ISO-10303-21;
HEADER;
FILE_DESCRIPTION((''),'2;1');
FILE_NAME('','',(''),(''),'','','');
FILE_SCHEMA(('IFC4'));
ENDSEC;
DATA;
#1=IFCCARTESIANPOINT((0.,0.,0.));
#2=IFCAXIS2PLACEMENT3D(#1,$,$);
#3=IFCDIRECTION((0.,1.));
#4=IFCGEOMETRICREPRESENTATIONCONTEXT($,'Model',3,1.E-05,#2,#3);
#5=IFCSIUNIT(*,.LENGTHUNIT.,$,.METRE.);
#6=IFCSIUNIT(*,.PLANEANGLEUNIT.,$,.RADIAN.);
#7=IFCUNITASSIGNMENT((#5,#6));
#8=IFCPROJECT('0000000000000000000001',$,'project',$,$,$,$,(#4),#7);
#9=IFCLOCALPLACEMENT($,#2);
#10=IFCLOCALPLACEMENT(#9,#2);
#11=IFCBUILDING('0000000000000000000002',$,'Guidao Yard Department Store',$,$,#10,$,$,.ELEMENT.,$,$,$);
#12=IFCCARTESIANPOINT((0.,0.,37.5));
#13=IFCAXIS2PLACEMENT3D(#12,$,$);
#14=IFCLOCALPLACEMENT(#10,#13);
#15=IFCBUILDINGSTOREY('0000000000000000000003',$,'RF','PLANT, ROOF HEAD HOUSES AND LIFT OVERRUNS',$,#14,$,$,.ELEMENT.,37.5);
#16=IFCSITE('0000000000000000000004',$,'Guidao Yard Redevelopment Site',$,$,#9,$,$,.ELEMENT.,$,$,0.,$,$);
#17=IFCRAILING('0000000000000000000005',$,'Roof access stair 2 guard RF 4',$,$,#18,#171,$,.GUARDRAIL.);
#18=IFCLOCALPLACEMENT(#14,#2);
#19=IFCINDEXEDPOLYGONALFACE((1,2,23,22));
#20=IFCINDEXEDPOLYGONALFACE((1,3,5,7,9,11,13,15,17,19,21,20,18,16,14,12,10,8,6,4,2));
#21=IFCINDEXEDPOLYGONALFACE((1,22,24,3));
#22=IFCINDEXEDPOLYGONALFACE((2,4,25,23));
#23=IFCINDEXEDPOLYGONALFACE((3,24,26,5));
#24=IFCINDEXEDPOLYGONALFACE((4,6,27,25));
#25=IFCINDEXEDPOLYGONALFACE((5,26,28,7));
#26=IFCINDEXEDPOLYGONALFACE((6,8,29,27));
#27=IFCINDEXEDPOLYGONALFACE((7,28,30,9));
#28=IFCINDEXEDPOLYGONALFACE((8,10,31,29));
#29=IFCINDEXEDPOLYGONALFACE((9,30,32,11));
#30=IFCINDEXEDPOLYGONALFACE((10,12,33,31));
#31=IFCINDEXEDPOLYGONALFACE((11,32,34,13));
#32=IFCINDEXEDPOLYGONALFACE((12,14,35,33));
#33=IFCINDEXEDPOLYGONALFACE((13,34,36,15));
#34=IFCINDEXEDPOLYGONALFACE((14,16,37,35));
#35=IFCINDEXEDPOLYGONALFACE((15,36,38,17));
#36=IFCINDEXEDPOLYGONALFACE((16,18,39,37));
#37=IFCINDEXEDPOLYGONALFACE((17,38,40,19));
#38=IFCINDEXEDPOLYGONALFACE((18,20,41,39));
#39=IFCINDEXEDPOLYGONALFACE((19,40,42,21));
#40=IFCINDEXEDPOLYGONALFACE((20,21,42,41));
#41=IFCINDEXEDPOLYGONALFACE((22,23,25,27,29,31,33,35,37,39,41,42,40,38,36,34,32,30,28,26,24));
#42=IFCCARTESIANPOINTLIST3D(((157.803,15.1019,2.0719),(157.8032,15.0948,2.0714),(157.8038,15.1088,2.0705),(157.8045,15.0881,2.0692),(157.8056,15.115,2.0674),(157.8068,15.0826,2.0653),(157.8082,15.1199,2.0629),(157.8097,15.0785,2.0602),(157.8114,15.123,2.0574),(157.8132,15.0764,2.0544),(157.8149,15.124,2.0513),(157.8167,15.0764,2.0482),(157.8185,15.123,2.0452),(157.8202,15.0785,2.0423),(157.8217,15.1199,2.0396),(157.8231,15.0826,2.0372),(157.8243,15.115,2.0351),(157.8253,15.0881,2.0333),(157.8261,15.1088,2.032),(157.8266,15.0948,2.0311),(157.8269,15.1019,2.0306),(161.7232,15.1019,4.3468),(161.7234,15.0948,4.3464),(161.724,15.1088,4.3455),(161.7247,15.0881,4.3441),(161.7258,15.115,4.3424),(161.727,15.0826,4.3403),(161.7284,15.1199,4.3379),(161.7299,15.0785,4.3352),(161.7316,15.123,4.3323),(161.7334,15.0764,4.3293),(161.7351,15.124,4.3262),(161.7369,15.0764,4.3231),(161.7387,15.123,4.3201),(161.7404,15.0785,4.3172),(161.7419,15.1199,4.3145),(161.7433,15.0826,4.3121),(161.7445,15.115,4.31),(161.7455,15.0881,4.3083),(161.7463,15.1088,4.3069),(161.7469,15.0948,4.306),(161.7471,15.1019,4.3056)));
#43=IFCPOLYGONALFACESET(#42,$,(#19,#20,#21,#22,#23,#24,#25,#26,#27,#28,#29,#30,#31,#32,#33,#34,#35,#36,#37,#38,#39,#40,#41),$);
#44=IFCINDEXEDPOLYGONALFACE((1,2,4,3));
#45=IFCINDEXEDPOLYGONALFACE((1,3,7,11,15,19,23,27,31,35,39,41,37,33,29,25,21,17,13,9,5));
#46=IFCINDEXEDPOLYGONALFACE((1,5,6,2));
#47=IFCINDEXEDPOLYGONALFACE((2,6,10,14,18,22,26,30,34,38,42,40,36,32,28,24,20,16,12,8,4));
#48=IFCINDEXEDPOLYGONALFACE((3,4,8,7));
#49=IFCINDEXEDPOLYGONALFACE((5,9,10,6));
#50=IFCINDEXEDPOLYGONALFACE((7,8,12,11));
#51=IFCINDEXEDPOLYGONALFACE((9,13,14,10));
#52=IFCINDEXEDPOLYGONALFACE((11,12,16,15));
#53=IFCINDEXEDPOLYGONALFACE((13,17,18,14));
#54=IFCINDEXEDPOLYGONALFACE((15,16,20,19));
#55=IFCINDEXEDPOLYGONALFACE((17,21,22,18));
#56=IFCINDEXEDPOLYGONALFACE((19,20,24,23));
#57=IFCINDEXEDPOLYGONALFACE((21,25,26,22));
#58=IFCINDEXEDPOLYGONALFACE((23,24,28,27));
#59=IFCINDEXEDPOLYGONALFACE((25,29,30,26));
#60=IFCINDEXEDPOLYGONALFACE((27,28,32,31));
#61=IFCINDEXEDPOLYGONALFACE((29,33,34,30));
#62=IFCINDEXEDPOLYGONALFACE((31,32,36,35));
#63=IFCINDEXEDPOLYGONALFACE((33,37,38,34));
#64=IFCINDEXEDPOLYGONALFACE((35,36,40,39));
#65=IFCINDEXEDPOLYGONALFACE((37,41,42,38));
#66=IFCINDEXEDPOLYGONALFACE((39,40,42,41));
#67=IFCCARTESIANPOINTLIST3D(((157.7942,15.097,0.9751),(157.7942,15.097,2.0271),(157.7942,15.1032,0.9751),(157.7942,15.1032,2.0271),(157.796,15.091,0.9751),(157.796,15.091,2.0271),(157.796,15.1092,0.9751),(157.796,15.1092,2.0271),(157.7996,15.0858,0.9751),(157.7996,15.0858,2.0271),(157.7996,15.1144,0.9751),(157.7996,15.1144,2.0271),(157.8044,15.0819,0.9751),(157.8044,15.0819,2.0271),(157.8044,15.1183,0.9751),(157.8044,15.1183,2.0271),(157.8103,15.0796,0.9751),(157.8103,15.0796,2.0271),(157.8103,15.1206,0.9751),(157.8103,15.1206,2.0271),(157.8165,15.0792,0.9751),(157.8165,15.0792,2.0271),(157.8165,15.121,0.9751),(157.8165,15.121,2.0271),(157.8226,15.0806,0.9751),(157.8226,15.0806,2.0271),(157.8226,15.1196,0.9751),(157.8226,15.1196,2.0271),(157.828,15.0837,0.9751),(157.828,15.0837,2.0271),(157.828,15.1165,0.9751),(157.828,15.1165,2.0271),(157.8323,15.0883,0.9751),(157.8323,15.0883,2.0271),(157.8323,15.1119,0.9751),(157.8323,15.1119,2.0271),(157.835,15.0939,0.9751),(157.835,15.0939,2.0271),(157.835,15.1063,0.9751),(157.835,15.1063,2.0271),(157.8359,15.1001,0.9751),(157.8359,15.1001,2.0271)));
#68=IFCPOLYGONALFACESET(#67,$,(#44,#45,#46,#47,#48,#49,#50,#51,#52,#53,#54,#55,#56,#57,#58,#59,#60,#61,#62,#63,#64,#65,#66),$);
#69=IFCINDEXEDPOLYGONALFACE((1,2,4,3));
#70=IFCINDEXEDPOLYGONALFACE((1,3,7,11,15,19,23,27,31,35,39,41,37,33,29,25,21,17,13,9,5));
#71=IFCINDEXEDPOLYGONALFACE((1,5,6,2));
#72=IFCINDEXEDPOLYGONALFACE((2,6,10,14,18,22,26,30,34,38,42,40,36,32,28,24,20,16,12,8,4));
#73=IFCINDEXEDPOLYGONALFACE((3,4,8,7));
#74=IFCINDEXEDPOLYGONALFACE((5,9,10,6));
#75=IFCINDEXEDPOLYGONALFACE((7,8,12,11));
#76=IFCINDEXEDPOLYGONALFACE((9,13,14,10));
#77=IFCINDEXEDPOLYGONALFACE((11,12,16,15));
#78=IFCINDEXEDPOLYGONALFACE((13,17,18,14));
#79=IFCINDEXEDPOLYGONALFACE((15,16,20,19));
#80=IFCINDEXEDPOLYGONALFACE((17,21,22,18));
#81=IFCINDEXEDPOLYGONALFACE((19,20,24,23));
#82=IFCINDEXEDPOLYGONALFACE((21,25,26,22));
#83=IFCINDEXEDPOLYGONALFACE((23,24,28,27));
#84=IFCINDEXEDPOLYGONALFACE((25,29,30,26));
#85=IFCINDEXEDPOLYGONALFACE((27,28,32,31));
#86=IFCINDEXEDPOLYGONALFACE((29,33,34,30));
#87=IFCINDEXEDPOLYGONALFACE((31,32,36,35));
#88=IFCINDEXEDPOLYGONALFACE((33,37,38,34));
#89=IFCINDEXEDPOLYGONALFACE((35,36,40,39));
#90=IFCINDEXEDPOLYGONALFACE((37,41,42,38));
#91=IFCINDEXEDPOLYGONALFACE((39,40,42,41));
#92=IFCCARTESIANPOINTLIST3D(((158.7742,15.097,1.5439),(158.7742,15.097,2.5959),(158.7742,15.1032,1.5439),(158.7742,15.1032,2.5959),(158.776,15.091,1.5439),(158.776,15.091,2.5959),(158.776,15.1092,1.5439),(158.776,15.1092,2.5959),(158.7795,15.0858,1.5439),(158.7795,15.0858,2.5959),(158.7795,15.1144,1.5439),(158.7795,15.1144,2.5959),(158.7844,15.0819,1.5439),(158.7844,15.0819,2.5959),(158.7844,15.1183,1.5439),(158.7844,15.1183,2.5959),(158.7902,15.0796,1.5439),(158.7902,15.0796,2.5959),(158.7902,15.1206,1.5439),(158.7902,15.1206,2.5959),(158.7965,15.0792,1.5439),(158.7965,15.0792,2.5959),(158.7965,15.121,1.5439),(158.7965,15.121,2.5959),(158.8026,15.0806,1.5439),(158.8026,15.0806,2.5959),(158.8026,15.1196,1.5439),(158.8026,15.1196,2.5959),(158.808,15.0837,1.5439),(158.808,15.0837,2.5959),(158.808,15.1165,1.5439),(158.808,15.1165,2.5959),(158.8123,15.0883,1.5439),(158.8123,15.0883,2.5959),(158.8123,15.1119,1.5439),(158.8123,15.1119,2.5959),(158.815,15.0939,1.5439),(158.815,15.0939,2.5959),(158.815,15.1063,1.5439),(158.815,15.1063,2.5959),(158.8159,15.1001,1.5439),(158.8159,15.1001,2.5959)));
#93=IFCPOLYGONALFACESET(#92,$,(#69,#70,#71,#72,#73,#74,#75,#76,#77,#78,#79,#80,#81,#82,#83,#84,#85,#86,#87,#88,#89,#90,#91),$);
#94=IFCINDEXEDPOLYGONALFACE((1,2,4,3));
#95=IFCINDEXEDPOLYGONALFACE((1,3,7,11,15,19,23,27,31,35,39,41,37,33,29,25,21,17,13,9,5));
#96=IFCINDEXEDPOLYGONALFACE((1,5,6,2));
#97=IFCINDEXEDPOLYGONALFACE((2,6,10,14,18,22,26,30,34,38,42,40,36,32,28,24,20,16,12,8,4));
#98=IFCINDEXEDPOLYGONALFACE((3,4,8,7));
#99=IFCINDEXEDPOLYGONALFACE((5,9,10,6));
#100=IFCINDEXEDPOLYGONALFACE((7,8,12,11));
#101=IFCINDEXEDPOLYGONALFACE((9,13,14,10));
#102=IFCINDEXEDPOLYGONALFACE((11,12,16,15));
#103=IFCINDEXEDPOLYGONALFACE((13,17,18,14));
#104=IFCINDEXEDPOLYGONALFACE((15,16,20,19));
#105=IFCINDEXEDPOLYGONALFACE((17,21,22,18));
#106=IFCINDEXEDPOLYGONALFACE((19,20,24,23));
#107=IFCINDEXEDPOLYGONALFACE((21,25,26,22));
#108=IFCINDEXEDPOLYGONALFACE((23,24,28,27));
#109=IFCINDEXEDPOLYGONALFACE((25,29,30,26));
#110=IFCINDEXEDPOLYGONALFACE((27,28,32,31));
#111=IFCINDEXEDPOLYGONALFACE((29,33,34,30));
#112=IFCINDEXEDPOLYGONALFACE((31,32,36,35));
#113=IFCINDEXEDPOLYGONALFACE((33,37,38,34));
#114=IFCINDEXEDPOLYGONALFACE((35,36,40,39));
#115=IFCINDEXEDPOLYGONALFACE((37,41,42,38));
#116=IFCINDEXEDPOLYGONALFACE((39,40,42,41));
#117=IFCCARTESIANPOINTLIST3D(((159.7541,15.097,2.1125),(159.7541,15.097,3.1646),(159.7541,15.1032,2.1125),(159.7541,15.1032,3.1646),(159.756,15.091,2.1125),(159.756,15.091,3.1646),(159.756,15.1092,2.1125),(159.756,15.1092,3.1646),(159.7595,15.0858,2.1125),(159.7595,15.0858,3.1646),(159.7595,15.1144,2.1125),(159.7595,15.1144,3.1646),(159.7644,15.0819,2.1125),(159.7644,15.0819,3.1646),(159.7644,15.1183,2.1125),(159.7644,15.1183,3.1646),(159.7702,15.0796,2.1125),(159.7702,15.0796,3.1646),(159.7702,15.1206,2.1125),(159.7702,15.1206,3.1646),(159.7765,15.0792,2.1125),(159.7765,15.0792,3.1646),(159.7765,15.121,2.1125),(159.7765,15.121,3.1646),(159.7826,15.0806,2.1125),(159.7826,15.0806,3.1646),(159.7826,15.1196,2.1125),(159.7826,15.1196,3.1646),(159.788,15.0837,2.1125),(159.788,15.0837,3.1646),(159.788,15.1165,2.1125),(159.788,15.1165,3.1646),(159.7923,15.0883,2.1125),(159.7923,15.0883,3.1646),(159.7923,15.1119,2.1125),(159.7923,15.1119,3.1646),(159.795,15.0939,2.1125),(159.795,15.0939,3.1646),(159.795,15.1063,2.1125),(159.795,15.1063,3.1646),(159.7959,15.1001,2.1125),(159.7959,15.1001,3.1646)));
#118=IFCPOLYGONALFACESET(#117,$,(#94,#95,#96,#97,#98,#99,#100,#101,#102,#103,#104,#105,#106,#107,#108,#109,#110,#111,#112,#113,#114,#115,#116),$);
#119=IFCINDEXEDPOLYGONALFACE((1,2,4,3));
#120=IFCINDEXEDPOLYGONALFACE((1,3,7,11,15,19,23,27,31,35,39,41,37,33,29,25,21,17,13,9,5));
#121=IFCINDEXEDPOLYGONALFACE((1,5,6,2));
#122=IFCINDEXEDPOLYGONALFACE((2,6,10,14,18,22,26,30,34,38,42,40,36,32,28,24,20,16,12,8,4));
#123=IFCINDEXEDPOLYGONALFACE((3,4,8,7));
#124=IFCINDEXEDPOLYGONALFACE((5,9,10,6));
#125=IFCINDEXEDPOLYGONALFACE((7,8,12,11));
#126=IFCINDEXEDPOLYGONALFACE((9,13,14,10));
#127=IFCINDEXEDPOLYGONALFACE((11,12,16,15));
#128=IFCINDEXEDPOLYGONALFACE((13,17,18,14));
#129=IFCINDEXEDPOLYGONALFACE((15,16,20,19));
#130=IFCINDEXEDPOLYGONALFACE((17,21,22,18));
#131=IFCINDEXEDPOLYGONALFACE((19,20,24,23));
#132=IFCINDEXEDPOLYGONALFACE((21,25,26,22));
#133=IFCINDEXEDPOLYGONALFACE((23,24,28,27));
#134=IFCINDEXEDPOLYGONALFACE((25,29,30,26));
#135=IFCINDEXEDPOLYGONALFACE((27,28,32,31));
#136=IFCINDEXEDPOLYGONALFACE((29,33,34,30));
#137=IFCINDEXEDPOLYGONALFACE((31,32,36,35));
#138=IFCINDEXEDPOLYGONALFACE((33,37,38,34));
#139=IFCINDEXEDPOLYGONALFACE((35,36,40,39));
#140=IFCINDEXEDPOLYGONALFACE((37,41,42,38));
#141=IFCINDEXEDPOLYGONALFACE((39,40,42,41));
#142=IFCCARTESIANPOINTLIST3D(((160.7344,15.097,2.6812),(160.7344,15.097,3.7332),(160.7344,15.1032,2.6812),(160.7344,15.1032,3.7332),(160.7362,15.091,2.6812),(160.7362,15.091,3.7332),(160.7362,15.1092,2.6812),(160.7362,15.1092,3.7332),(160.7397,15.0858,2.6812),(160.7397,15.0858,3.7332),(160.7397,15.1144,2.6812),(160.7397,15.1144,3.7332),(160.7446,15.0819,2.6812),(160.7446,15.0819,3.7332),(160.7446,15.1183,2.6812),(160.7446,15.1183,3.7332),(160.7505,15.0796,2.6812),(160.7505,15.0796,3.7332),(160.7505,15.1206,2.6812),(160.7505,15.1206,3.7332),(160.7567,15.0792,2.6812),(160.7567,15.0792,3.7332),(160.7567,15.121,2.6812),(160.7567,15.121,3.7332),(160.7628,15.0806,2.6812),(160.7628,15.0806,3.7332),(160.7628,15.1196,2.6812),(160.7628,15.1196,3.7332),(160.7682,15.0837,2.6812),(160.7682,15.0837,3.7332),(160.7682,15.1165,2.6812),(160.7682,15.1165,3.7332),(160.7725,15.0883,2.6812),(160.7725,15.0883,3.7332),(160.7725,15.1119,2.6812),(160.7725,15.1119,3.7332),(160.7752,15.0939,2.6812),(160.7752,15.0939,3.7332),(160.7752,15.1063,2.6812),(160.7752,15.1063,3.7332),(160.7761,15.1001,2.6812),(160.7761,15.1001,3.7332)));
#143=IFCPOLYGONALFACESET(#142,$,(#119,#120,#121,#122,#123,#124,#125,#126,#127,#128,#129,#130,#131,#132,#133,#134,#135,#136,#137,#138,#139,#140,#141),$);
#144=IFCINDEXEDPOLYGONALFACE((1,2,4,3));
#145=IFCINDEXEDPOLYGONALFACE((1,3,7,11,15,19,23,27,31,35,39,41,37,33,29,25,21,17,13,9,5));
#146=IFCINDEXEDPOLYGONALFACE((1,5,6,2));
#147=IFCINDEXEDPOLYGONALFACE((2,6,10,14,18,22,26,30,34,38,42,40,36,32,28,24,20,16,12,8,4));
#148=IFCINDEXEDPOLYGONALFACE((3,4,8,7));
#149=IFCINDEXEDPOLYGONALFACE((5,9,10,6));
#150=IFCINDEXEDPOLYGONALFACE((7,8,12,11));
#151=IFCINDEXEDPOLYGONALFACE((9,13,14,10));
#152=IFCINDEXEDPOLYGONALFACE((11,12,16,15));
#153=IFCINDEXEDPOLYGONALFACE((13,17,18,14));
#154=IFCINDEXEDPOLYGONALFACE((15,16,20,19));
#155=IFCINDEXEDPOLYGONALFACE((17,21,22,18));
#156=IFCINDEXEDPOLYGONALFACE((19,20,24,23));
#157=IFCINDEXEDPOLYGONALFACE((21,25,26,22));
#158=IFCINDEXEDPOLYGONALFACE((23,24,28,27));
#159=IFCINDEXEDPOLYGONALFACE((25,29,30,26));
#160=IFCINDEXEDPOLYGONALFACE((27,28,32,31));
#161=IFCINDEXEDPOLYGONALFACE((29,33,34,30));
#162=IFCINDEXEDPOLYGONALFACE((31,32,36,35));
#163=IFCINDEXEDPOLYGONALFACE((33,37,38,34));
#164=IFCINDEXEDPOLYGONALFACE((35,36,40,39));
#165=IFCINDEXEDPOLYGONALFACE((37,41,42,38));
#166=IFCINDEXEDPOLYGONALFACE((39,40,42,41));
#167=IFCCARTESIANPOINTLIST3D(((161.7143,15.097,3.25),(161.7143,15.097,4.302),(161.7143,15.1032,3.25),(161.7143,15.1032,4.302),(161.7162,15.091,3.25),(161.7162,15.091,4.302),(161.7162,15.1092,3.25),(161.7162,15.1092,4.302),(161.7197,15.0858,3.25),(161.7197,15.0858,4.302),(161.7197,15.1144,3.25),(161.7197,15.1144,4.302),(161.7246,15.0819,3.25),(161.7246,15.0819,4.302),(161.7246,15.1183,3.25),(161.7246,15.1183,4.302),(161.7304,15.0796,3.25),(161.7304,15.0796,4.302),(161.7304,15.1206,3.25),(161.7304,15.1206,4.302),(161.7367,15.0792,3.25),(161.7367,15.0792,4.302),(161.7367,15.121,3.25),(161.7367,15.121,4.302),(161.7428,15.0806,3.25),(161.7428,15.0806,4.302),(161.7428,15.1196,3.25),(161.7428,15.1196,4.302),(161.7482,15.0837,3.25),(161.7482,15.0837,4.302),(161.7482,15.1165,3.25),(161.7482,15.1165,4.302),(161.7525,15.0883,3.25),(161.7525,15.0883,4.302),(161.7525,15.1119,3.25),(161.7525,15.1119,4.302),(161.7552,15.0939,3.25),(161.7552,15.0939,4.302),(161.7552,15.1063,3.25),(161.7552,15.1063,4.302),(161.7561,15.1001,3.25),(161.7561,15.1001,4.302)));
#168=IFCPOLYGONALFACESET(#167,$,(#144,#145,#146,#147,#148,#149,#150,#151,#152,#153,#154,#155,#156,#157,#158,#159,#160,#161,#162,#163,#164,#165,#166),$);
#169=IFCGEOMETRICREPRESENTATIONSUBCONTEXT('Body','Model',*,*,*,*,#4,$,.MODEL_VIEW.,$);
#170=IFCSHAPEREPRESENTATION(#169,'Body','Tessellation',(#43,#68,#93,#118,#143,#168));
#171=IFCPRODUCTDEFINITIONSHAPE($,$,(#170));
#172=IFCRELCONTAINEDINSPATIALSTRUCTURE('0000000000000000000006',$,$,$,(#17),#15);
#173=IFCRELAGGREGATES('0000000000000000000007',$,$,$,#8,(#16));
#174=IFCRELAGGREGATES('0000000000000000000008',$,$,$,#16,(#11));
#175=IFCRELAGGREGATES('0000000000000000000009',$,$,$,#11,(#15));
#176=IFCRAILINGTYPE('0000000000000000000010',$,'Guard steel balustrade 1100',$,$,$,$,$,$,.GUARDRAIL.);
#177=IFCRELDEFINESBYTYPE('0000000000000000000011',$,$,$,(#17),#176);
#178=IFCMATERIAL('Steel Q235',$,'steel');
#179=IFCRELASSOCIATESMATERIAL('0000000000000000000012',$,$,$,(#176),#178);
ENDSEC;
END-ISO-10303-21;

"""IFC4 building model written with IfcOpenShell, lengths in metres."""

from ifc_helpers import new_model, si_unit, direction, frame, origin, origin_2d, place, context, subcontext, project, spatial, circle, extrude, material, type_object, element, save


model = new_model("IFC4")

# Units and contexts
model_context = context("Model", 3, precision=1e-05, world=origin(), true_north=direction((0.0, 1.0)))
body_context = subcontext(model_context, "Body", "Model", "MODEL_VIEW")
ifc_project = project(units=[si_unit("LENGTHUNIT", "METRE"), si_unit("PLANEANGLEUNIT", "RADIAN")], contexts=[model_context])

# Site, building, storey
site_placement = place(None, origin())
site = spatial("IfcSite", under=ifc_project, at=site_placement, Name="Guidao Yard Redevelopment Site", CompositionType="ELEMENT", RefElevation=0.0)
building_placement = place(site_placement, origin())
building = spatial("IfcBuilding", under=site, at=building_placement, Name="Guidao Yard Department Store", CompositionType="ELEMENT")
storey_placement = place(building_placement, frame((0.0, 0.0, 37.5)))
storey = spatial("IfcBuildingStorey", under=building, at=storey_placement, Name="RF", Description="PLANT, ROOF HEAD HOUSES AND LIFT OVERRUNS", CompositionType="ELEMENT", Elevation=37.5)

# Railing
ifc_material_1 = material(Name="Steel Q235", Category="steel")
railing_type_1 = type_object("IfcRailingType", Name="Guard steel balustrade 1100", PredefinedType="GUARDRAIL", material=ifc_material_1)
railing_placement = place(storey_placement, frame((157.8149, 15.1001, 0.9751)))
element("IfcRailing", 1, at=railing_placement, inside=storey, type_object=railing_type_1, Name="Roof access stair 2 guard RF 4", PredefinedType="GUARDRAIL", context=body_context, shape_type="SweptSolid", body=[
    extrude(circle(Radius=0.0239, at=origin_2d()), frame((0.0, 0.0, 1.0762), z_axis=(0.864916, 0.0, 0.501917), x_axis=(0.0, 1.0, 0.0)), (0.0, 0.0, 1.0), 4.5325),
    extrude(circle(Radius=0.021, at=origin_2d()), origin(), (0.0, 0.0, 1.0), 1.052),
    extrude(circle(Radius=0.021, at=origin_2d()), frame((0.98, 0.0, 0.5688)), (0.0, 0.0, 1.0), 1.052),
    extrude(circle(Radius=0.021, at=origin_2d()), frame((1.96, 0.0, 1.1375)), (0.0, 0.0, 1.0), 1.052),
    extrude(circle(Radius=0.021, at=origin_2d()), frame((2.9402, 0.0, 1.7061)), (0.0, 0.0, 1.0), 1.052),
    extrude(circle(Radius=0.021, at=origin_2d()), frame((3.9202, 0.0, 2.2749)), (0.0, 0.0, 1.0), 1.052),
])

save(model, "model.ifc")
